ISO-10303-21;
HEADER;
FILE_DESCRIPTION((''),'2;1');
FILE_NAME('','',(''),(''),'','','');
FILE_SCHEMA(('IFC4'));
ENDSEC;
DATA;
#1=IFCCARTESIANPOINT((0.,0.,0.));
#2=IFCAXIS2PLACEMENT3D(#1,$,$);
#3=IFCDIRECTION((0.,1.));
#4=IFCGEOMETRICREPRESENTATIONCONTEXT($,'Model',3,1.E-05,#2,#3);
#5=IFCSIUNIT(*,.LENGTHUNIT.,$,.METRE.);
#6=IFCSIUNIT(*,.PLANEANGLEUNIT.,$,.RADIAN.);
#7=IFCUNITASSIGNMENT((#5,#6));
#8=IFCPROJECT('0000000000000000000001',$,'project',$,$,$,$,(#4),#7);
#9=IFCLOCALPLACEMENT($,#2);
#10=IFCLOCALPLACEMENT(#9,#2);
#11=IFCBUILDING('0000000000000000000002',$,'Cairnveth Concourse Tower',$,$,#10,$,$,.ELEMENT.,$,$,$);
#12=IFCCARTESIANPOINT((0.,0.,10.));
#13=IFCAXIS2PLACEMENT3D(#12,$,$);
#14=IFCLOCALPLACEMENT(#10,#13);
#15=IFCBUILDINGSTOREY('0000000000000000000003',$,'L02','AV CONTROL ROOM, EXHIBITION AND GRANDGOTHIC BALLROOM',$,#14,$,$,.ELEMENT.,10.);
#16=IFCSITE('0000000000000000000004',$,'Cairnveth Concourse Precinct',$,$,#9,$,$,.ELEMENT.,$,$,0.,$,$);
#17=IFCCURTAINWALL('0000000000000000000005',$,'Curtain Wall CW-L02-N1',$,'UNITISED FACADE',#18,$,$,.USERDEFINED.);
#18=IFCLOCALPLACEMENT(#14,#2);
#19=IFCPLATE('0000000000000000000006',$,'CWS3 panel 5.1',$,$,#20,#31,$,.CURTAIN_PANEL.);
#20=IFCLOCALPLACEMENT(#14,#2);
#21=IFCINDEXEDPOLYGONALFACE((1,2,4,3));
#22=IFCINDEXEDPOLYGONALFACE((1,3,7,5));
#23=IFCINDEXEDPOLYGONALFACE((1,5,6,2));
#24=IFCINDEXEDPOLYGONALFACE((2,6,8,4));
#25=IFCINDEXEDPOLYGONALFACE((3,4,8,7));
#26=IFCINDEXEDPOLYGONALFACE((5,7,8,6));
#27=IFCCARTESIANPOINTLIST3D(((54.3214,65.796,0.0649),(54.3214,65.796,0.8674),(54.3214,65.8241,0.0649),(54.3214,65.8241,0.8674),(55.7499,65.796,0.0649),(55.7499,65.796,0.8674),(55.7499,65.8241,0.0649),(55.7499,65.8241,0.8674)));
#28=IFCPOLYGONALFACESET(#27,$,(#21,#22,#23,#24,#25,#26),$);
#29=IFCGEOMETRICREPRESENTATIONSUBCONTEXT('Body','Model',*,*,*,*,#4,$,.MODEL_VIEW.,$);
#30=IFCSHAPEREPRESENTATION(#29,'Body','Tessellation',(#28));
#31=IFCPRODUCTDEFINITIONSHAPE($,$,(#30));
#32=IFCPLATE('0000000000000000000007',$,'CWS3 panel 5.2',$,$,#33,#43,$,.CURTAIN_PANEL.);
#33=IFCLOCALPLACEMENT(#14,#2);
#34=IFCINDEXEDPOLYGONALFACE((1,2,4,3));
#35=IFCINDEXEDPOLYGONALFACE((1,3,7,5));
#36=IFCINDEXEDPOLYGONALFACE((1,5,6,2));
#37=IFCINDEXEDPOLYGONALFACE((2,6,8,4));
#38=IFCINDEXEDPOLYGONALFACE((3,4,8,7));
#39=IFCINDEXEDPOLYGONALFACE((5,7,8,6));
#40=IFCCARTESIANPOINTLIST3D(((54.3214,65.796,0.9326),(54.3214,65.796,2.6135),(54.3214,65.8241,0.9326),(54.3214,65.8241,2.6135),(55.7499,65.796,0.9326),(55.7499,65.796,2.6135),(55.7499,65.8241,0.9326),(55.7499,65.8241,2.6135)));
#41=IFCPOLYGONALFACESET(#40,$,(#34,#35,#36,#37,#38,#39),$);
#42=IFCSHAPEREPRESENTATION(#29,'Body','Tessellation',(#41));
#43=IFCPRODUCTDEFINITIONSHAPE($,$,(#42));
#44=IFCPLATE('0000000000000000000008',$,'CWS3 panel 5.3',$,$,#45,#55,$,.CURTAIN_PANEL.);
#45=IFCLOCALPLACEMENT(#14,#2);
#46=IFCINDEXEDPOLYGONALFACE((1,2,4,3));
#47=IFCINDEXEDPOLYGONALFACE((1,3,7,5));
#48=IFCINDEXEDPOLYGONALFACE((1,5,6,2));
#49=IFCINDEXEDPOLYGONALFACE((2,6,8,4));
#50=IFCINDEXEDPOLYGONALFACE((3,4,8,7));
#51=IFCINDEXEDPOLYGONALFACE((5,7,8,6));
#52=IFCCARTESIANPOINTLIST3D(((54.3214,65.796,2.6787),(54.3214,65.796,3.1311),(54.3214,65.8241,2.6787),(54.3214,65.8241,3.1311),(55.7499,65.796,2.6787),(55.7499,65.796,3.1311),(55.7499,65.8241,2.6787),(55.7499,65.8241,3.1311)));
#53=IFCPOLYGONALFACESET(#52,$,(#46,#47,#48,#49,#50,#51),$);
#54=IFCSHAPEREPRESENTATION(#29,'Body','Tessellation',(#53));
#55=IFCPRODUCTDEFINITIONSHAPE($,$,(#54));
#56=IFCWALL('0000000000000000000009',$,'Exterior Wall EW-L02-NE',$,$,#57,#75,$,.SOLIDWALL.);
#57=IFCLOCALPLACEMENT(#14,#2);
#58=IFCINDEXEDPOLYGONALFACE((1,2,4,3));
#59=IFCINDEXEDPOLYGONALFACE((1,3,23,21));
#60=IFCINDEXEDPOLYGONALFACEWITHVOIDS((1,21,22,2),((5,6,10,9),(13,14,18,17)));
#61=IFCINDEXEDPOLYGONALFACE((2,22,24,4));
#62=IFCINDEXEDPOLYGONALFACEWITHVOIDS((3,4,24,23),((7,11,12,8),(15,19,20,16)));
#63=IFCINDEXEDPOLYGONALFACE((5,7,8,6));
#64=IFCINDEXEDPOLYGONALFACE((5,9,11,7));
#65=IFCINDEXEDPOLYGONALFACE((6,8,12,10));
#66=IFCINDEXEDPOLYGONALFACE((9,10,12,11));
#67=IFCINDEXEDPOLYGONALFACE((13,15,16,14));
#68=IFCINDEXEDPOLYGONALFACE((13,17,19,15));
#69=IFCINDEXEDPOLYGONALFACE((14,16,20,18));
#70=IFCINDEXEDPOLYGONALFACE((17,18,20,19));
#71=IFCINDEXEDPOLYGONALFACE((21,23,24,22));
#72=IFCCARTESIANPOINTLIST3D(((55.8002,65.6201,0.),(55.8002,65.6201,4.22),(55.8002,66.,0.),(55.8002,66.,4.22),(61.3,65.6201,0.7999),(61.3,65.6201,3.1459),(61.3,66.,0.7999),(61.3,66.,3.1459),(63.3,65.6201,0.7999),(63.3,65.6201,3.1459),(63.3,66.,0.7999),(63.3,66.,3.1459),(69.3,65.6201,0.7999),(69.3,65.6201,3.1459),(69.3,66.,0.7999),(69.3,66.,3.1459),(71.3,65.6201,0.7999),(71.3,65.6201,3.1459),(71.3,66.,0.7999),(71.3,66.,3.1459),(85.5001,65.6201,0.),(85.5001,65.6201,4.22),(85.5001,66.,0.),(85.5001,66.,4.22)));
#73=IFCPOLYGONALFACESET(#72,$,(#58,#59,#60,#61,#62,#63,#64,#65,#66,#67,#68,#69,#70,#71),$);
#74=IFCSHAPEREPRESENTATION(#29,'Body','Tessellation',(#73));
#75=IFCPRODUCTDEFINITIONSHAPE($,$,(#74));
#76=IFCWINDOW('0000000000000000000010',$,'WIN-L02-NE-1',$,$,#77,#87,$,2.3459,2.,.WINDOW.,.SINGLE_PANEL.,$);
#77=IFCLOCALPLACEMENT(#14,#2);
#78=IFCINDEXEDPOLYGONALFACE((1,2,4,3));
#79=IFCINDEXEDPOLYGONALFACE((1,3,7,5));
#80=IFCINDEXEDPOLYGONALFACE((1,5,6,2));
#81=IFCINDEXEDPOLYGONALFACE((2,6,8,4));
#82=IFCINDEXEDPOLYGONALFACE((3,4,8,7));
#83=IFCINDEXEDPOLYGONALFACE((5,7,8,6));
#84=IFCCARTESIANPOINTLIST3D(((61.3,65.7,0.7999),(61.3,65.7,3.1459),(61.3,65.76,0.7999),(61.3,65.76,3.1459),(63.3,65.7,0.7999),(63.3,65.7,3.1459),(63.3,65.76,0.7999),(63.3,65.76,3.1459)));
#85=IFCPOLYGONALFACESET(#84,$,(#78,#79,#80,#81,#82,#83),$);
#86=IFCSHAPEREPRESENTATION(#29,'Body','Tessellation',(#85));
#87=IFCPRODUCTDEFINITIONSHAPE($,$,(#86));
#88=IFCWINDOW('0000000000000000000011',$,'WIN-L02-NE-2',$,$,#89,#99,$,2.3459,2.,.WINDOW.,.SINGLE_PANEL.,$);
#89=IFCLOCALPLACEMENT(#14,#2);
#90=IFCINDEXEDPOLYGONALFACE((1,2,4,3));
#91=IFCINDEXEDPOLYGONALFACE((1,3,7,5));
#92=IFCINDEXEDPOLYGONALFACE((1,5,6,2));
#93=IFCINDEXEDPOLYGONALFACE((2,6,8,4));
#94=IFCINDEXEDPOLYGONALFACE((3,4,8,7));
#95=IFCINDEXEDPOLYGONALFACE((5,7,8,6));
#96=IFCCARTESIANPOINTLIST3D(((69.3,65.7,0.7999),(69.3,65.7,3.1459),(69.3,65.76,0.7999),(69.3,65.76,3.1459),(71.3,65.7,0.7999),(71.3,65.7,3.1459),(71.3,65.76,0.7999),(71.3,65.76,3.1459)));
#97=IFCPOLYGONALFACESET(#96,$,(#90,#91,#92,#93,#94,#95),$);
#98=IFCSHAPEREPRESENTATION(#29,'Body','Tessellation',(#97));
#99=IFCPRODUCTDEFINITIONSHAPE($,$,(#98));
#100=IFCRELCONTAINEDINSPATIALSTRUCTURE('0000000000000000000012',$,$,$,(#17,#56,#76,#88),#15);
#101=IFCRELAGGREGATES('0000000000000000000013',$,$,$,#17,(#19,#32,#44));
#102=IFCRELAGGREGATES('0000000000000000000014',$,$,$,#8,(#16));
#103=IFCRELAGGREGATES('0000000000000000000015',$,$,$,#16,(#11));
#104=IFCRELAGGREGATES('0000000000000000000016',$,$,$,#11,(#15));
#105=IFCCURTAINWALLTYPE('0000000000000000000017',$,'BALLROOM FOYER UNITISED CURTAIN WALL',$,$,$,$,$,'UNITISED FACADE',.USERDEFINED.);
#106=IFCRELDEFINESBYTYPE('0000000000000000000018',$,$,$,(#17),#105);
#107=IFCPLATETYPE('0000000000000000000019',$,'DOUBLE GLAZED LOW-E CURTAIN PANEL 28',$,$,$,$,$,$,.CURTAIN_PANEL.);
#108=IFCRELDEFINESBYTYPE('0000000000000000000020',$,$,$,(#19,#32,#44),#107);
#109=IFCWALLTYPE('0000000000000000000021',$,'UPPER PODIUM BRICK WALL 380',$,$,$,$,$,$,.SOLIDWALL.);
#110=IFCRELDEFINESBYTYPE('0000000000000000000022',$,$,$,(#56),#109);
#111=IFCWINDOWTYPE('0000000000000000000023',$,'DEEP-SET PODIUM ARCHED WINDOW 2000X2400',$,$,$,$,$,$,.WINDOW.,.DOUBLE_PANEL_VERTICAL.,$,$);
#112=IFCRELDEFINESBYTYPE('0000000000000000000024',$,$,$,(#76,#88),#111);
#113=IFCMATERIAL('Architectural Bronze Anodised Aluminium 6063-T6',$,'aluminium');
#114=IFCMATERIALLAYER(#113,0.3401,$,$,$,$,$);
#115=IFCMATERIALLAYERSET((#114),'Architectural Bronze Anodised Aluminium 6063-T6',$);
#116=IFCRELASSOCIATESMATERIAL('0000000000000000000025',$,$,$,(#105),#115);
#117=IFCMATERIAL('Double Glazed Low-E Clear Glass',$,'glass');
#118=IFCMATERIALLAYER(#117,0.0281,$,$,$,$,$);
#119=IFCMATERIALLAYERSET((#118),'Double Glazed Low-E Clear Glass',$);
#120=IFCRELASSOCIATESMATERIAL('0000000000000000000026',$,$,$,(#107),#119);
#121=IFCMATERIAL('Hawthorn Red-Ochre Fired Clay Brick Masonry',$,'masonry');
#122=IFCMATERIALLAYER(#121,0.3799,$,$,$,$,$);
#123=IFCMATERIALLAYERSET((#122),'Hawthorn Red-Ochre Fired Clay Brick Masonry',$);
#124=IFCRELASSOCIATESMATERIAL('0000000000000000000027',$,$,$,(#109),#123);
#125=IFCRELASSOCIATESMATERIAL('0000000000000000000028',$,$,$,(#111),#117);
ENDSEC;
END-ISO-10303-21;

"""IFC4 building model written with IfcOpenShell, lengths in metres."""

from ifc_helpers import new_model, si_unit, direction, frame, frame_2d, origin, origin_2d, place, context, subcontext, project, spatial, rectangle, extrude, material, layer, layer_set, type_object, element, fill, aggregate, save


model = new_model("IFC4")

# Units and contexts
model_context = context("Model", 3, precision=1e-05, world=origin(), true_north=direction((0.0, 1.0)))
body_context = subcontext(model_context, "Body", "Model", "MODEL_VIEW")
ifc_project = project(units=[si_unit("LENGTHUNIT", "METRE"), si_unit("PLANEANGLEUNIT", "RADIAN")], contexts=[model_context])

# Site, building, storey
site_placement = place(None, origin())
site = spatial("IfcSite", under=ifc_project, at=site_placement, Name="Cairnveth Concourse Precinct", CompositionType="ELEMENT", RefElevation=0.0)
building_placement = place(site_placement, origin())
building = spatial("IfcBuilding", under=site, at=building_placement, Name="Cairnveth Concourse Tower", CompositionType="ELEMENT")
storey_placement = place(building_placement, frame((0.0, 0.0, 10.0)))
storey = spatial("IfcBuildingStorey", under=building, at=storey_placement, Name="L02", Description="AV CONTROL ROOM, EXHIBITION AND GRANDGOTHIC BALLROOM", CompositionType="ELEMENT", Elevation=10.0)

# Curtain wall, plates
ifc_material_1 = material(Name="Architectural Bronze Anodised Aluminium 6063-T6", Category="aluminium")
ifc_layer_1 = layer(ifc_material_1, 0.3401)
ifc_layer_set_1 = layer_set([ifc_layer_1], Name="Architectural Bronze Anodised Aluminium 6063-T6")
curtain_wall_type = type_object("IfcCurtainWallType", Name="BALLROOM FOYER UNITISED CURTAIN WALL", ElementType="UNITISED FACADE", PredefinedType="USERDEFINED", material=ifc_layer_set_1)
curtain_wall_placement = place(storey_placement, origin())
curtain_wall = element("IfcCurtainWall", 1, at=curtain_wall_placement, inside=storey, type_object=curtain_wall_type, Name="Curtain Wall CW-L02-N1", ObjectType="UNITISED FACADE", PredefinedType="USERDEFINED")
ifc_material_2 = material(Name="Double Glazed Low-E Clear Glass", Category="glass")
ifc_layer_2 = layer(ifc_material_2, 0.0281)
ifc_layer_set_2 = layer_set([ifc_layer_2], Name="Double Glazed Low-E Clear Glass")
plate_type = type_object("IfcPlateType", Name="DOUBLE GLAZED LOW-E CURTAIN PANEL 28", PredefinedType="CURTAIN_PANEL", material=ifc_layer_set_2)
plate_1_placement = place(storey_placement, frame((55.0356, 65.8101, 0.0649), z_axis=(0.0, 0.0, 1.0), x_axis=(1.0, 0.0, 0.0)))
plate_1 = element("IfcPlate", 2, at=plate_1_placement, type_object=plate_type, Name="CWS3 panel 5.1", PredefinedType="CURTAIN_PANEL", context=body_context, shape_type="SweptSolid", body=[
    extrude(rectangle(XDim=1.4285, YDim=0.0281, at=origin_2d()), origin(), (0.0, 0.0, 1.0), 0.8025),
])
plate_2_placement = place(storey_placement, frame((55.0356, 65.8101, 0.9326), z_axis=(0.0, 0.0, 1.0), x_axis=(1.0, 0.0, 0.0)))
plate_2 = element("IfcPlate", 3, at=plate_2_placement, type_object=plate_type, Name="CWS3 panel 5.2", PredefinedType="CURTAIN_PANEL", context=body_context, shape_type="SweptSolid", body=[
    extrude(rectangle(XDim=1.4285, YDim=0.0281, at=origin_2d()), origin(), (0.0, 0.0, 1.0), 1.6809),
])
plate_3_placement = place(storey_placement, frame((55.0356, 65.8101, 2.6787), z_axis=(0.0, 0.0, 1.0), x_axis=(1.0, 0.0, 0.0)))
plate_3 = element("IfcPlate", 4, at=plate_3_placement, type_object=plate_type, Name="CWS3 panel 5.3", PredefinedType="CURTAIN_PANEL", context=body_context, shape_type="SweptSolid", body=[
    extrude(rectangle(XDim=1.4285, YDim=0.0281, at=origin_2d()), origin(), (0.0, 0.0, 1.0), 0.4524),
])
aggregate(curtain_wall, [plate_1, plate_2, plate_3])

# Wall, openings, windows
ifc_material_3 = material(Name="Hawthorn Red-Ochre Fired Clay Brick Masonry", Category="masonry")
ifc_layer_3 = layer(ifc_material_3, 0.3799)
ifc_layer_set_3 = layer_set([ifc_layer_3], Name="Hawthorn Red-Ochre Fired Clay Brick Masonry")
wall_type = type_object("IfcWallType", Name="UPPER PODIUM BRICK WALL 380", PredefinedType="SOLIDWALL", material=ifc_layer_set_3)
wall_placement = place(storey_placement, frame((55.8, 65.8101, 0.0), z_axis=(0.0, 0.0, 1.0), x_axis=(1.0, 0.0, 0.0)))
wall = element("IfcWall", 5, at=wall_placement, inside=storey, type_object=wall_type, Name="Exterior Wall EW-L02-NE", PredefinedType="SOLIDWALL", context=body_context, shape_type="SweptSolid", body=[
    extrude(rectangle(XDim=29.7, YDim=0.3799, at=frame_2d((14.8501, 0.0))), origin(), (0.0, 0.0, 1.0), 4.22),
])
opening_1_placement = place(wall_placement, frame((5.5, 0.0, 0.8)))
opening_1 = element("IfcOpeningElement", 6, at=opening_1_placement, cuts=wall, PredefinedType="OPENING", context=body_context, shape_type="SweptSolid", body=[
    extrude(rectangle(XDim=2.0, YDim=2.3459, at=frame_2d((1.0, 1.1729))), frame((0.0, 0.2, 0.0), z_axis=(0.0, -1.0, 0.0), x_axis=(1.0, 0.0, 0.0)), (0.0, 0.0, 1.0), 0.3999),
])
opening_2_placement = place(wall_placement, frame((13.5, 0.0, 0.8)))
opening_2 = element("IfcOpeningElement", 7, at=opening_2_placement, cuts=wall, PredefinedType="OPENING", context=body_context, shape_type="SweptSolid", body=[
    extrude(rectangle(XDim=2.0, YDim=2.3459, at=frame_2d((1.0, 1.1729))), frame((0.0, 0.2, 0.0), z_axis=(0.0, -1.0, 0.0), x_axis=(1.0, 0.0, 0.0)), (0.0, 0.0, 1.0), 0.3999),
])
window_type = type_object("IfcWindowType", Name="DEEP-SET PODIUM ARCHED WINDOW 2000X2400", PartitioningType="DOUBLE_PANEL_VERTICAL", PredefinedType="WINDOW", material=ifc_material_2)
window_1_placement = place(opening_1_placement, origin())
window_1 = element("IfcWindow", 8, at=window_1_placement, inside=storey, type_object=window_type, Name="WIN-L02-NE-1", OverallHeight=2.3459, OverallWidth=2.0, PartitioningType="SINGLE_PANEL", PredefinedType="WINDOW", context=body_context, shape_type="SweptSolid", body=[
    extrude(rectangle(XDim=2.0, YDim=2.3459, at=frame_2d((1.0, 1.1729))), frame((0.0, -0.05, 0.0), z_axis=(0.0, -1.0, 0.0), x_axis=(1.0, 0.0, 0.0)), (0.0, 0.0, 1.0), 0.0601),
])
fill(opening_1, window_1)
window_2_placement = place(opening_2_placement, origin())
window_2 = element("IfcWindow", 9, at=window_2_placement, inside=storey, type_object=window_type, Name="WIN-L02-NE-2", OverallHeight=2.3459, OverallWidth=2.0, PartitioningType="SINGLE_PANEL", PredefinedType="WINDOW", context=body_context, shape_type="SweptSolid", body=[
    extrude(rectangle(XDim=2.0, YDim=2.3459, at=frame_2d((1.0, 1.1729))), frame((0.0, -0.05, 0.0), z_axis=(0.0, -1.0, 0.0), x_axis=(1.0, 0.0, 0.0)), (0.0, 0.0, 1.0), 0.0601),
])
fill(opening_2, window_2)

save(model, "model.ifc")
